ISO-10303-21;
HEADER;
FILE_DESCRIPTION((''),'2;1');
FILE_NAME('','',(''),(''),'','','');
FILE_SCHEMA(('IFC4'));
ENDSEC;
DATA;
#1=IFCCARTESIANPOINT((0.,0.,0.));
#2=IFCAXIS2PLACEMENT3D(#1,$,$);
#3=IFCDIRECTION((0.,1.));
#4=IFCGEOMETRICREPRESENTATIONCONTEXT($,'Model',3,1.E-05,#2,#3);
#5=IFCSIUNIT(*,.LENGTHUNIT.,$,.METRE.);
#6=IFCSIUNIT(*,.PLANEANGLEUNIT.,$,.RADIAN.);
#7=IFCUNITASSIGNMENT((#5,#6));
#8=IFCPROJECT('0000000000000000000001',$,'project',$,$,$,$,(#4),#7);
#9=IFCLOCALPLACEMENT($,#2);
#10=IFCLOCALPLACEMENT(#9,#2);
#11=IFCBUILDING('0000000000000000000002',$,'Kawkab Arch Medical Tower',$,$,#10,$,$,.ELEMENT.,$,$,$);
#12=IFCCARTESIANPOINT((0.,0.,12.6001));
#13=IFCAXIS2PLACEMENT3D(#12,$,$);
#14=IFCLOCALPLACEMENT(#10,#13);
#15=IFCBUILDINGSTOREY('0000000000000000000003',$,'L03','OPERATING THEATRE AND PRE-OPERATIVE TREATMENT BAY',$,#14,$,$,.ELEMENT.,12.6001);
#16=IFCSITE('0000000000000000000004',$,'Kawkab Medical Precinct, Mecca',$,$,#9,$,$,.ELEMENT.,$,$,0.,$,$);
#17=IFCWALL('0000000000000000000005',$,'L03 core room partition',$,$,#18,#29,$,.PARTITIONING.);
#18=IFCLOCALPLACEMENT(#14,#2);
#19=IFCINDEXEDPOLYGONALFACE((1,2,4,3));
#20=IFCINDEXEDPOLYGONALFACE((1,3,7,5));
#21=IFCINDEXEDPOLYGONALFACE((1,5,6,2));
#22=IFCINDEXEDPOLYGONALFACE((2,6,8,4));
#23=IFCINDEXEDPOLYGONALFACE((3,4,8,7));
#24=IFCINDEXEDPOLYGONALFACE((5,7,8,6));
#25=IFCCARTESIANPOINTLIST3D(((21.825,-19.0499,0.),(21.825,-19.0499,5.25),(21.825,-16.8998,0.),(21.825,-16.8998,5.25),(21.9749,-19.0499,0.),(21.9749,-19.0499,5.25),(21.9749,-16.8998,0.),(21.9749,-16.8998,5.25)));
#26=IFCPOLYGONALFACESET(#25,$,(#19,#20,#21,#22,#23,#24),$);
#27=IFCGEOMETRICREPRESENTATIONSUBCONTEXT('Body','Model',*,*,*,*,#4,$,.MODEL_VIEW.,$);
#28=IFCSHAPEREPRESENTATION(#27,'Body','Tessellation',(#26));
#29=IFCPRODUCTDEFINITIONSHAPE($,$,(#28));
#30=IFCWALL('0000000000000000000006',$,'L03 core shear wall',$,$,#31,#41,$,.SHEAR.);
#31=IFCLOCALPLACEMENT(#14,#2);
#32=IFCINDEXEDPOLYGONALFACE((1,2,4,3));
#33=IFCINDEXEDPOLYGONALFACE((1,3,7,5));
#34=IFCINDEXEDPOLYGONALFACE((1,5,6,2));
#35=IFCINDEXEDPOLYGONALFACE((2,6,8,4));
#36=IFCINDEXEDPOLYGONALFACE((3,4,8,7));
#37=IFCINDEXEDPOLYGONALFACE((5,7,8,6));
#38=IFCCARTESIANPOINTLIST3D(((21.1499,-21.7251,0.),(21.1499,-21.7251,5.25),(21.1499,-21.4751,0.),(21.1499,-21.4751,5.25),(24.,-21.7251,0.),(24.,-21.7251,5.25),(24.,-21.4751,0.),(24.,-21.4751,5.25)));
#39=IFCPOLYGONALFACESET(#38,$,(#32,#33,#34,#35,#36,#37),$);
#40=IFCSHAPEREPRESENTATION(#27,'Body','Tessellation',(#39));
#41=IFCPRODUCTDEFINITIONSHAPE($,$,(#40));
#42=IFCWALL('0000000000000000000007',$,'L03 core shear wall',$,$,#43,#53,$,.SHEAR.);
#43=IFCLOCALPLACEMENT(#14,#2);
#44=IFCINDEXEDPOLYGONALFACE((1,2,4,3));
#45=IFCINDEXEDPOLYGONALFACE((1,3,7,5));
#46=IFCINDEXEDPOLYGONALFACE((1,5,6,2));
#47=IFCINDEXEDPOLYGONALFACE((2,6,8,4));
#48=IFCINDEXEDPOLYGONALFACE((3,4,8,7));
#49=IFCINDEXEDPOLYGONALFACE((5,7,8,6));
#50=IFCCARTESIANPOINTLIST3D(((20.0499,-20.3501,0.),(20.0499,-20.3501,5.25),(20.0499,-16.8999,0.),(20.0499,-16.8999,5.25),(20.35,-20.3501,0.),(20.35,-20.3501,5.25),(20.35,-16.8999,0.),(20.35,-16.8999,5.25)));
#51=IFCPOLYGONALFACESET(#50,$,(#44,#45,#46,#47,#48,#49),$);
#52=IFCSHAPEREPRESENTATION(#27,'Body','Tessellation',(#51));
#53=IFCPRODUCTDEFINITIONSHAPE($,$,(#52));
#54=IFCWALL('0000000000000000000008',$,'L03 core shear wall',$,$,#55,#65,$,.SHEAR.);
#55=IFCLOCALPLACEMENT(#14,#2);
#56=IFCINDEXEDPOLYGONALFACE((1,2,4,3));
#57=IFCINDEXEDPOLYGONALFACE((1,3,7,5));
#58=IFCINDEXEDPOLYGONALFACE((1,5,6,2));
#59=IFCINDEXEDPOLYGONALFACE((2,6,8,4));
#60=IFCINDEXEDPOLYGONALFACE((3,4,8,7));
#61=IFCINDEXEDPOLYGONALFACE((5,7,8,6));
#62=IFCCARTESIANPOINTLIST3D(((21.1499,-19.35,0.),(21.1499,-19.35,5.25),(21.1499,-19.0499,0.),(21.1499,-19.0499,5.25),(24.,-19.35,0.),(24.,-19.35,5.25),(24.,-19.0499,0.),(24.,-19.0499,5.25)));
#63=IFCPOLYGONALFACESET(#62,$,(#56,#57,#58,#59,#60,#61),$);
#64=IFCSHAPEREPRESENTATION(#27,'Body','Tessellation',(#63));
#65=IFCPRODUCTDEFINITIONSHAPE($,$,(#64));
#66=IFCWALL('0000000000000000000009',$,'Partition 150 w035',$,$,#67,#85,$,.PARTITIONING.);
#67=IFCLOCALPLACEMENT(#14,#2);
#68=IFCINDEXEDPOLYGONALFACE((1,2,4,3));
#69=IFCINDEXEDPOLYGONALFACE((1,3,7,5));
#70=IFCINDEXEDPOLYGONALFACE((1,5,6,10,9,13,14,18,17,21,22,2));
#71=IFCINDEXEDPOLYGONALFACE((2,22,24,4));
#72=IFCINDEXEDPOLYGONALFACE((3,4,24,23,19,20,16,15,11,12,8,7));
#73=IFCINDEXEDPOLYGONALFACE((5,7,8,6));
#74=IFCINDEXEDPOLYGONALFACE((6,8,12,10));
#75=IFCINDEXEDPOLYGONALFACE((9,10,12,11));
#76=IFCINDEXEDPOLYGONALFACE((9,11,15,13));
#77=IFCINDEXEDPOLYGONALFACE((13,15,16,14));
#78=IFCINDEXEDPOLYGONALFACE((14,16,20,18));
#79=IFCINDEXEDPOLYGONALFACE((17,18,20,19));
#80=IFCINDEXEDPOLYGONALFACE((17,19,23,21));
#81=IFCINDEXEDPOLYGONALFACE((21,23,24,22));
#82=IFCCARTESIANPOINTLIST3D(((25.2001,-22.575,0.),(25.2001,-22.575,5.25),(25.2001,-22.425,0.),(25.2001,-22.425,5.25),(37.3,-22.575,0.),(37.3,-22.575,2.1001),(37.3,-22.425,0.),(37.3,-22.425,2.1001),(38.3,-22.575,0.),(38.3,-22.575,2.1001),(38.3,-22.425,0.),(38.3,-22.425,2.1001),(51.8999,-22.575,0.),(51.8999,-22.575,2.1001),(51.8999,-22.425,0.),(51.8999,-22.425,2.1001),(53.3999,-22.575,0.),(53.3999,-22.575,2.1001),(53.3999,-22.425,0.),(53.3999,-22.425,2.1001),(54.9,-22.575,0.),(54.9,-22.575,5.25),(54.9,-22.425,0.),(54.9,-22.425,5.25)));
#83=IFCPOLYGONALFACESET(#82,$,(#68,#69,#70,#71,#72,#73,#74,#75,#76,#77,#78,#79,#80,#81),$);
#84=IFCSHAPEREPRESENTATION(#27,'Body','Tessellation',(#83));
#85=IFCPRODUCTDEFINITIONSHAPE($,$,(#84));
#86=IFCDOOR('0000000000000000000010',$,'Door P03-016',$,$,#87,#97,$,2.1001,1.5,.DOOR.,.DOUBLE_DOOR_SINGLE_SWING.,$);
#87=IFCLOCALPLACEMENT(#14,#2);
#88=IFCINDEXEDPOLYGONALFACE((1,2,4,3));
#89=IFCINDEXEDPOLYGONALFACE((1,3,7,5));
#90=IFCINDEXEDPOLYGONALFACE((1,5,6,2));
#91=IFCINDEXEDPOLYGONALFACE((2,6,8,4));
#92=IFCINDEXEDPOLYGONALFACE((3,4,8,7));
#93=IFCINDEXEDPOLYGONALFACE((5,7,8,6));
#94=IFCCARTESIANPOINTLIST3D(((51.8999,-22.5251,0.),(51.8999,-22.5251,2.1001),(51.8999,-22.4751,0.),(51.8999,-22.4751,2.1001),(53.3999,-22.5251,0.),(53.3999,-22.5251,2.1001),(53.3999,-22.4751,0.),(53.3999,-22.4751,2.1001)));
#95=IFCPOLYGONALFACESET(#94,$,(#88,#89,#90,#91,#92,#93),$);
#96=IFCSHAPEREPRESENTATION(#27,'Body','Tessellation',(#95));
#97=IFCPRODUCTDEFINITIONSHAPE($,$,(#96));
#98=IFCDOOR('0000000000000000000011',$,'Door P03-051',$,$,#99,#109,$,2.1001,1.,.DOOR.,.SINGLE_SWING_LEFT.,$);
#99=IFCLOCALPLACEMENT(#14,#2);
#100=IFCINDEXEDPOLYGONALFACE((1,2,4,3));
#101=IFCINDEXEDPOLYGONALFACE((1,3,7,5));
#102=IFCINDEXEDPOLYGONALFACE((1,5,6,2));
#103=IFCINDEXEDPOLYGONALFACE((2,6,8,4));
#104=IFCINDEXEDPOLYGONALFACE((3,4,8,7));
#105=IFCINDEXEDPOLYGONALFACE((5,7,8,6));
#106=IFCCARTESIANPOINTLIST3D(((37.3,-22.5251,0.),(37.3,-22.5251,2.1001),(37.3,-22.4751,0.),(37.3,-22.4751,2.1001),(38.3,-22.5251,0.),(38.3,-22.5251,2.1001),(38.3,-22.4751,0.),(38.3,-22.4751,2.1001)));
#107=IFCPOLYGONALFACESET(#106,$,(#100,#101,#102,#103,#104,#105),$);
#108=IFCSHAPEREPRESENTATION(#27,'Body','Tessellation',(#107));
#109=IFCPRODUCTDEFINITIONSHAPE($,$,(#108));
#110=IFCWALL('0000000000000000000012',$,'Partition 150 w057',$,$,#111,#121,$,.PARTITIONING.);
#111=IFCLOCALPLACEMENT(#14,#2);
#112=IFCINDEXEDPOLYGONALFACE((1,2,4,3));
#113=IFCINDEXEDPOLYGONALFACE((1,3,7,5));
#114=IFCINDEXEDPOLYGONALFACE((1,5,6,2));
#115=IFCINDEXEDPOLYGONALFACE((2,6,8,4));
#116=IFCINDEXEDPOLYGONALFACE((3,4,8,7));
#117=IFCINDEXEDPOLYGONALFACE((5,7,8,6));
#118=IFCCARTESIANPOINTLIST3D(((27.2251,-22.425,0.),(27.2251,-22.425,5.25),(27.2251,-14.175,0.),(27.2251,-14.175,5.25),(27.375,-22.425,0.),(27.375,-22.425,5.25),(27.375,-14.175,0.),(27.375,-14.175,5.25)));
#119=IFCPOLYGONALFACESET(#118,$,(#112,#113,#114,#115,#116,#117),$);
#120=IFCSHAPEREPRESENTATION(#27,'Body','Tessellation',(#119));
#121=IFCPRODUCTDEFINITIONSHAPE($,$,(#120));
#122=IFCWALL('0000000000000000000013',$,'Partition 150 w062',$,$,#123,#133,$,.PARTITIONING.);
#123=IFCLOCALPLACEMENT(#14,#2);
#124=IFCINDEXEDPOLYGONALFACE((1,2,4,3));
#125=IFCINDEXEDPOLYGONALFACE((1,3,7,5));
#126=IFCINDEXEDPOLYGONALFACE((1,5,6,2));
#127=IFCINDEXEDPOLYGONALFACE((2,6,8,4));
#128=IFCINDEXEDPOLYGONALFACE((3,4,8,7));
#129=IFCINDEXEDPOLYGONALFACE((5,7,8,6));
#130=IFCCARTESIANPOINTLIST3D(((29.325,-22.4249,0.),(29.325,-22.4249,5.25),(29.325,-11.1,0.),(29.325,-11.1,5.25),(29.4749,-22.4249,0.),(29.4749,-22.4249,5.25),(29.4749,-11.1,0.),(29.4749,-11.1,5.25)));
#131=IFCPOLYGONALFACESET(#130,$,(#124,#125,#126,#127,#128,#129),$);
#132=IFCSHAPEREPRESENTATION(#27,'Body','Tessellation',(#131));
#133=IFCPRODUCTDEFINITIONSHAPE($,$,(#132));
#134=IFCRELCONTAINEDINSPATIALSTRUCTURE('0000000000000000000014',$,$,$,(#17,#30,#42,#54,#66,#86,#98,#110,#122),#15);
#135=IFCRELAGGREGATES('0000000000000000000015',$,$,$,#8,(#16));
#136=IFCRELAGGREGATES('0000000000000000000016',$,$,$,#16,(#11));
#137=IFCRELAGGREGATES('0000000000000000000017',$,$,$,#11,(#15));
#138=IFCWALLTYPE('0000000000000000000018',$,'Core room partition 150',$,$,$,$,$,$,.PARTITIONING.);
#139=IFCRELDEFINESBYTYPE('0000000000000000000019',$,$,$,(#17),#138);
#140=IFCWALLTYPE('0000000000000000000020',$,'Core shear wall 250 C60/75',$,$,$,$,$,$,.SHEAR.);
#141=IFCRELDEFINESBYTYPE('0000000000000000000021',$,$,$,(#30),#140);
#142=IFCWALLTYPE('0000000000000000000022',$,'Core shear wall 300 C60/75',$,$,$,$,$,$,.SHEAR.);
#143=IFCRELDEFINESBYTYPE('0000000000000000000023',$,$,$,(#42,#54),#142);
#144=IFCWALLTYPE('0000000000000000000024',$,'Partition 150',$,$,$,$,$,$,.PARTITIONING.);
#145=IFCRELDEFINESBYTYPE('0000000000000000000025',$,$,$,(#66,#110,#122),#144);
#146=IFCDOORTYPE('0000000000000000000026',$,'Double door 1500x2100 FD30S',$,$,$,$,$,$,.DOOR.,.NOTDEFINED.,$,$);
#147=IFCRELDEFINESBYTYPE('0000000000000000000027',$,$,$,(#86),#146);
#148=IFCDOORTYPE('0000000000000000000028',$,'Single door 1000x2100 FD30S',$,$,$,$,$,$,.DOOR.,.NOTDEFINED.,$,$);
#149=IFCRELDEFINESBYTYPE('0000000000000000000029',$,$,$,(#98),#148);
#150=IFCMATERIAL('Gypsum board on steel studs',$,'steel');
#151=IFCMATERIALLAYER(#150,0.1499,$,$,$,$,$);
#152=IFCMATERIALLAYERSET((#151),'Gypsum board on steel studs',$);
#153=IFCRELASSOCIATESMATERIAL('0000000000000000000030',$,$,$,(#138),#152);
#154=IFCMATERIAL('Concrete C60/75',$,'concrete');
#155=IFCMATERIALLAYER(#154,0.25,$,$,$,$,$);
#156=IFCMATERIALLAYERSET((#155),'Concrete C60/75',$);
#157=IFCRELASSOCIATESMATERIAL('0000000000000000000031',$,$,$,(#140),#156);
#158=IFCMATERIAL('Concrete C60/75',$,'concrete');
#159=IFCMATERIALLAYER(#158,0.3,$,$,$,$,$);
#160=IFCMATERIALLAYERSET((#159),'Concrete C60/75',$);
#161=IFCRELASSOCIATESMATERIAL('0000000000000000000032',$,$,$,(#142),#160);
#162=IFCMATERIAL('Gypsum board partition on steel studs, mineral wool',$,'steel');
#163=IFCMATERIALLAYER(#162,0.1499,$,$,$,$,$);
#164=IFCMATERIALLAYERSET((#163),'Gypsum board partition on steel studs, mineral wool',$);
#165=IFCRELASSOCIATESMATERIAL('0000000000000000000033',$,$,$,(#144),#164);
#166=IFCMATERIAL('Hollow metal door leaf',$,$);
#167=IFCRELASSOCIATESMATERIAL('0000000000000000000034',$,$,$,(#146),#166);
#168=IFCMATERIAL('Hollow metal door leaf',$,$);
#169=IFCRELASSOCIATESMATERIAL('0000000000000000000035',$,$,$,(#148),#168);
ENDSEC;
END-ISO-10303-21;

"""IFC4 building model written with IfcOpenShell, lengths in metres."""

from ifc_helpers import new_model, si_unit, direction, frame, frame_2d, origin, place, context, subcontext, project, spatial, rectangle, extrude, material, layer, layer_set, type_object, element, fill, save


model = new_model("IFC4")

# Units and contexts
model_context = context("Model", 3, precision=1e-05, world=origin(), true_north=direction((0.0, 1.0)))
body_context = subcontext(model_context, "Body", "Model", "MODEL_VIEW")
ifc_project = project(units=[si_unit("LENGTHUNIT", "METRE"), si_unit("PLANEANGLEUNIT", "RADIAN")], contexts=[model_context])

# Site, building, storey
site_placement = place(None, origin())
site = spatial("IfcSite", under=ifc_project, at=site_placement, Name="Kawkab Medical Precinct, Mecca", CompositionType="ELEMENT", RefElevation=0.0)
building_placement = place(site_placement, origin())
building = spatial("IfcBuilding", under=site, at=building_placement, Name="Kawkab Arch Medical Tower", CompositionType="ELEMENT")
storey_placement = place(building_placement, frame((0.0, 0.0, 12.6001)))
storey = spatial("IfcBuildingStorey", under=building, at=storey_placement, Name="L03", Description="OPERATING THEATRE AND PRE-OPERATIVE TREATMENT BAY", CompositionType="ELEMENT", Elevation=12.6001)

# Walls
ifc_material_1 = material(Name="Gypsum board on steel studs", Category="steel")
ifc_layer_1 = layer(ifc_material_1, 0.1499)
ifc_layer_set_1 = layer_set([ifc_layer_1], Name="Gypsum board on steel studs")
wall_type_1 = type_object("IfcWallType", Name="Core room partition 150", PredefinedType="PARTITIONING", material=ifc_layer_set_1)
wall_1_placement = place(storey_placement, frame((21.8999, -19.05, 0.0), z_axis=(0.0, 0.0, 1.0), x_axis=(0.0, 1.0, 0.0)))
element("IfcWall", 1, at=wall_1_placement, inside=storey, type_object=wall_type_1, Name="L03 core room partition", PredefinedType="PARTITIONING", context=body_context, shape_type="SweptSolid", body=[
    extrude(rectangle(XDim=2.1501, YDim=0.1499, at=frame_2d((1.0752, 0.0))), origin(), (0.0, 0.0, 1.0), 5.25),
])
ifc_material_2 = material(Name="Concrete C60/75", Category="concrete")
ifc_layer_2 = layer(ifc_material_2, 0.25)
ifc_layer_set_2 = layer_set([ifc_layer_2], Name="Concrete C60/75")
wall_type_2 = type_object("IfcWallType", Name="Core shear wall 250 C60/75", PredefinedType="SHEAR", material=ifc_layer_set_2)
wall_2_placement = place(storey_placement, frame((21.1499, -21.6001, 0.0), z_axis=(0.0, 0.0, 1.0), x_axis=(1.0, 0.0, 0.0)))
element("IfcWall", 2, at=wall_2_placement, inside=storey, type_object=wall_type_2, Name="L03 core shear wall", PredefinedType="SHEAR", context=body_context, shape_type="SweptSolid", body=[
    extrude(rectangle(XDim=2.8501, YDim=0.25, at=frame_2d((1.425, 0.0))), origin(), (0.0, 0.0, 1.0), 5.25),
])
ifc_material_3 = material(Name="Concrete C60/75", Category="concrete")
ifc_layer_3 = layer(ifc_material_3, 0.3)
ifc_layer_set_3 = layer_set([ifc_layer_3], Name="Concrete C60/75")
wall_type_3 = type_object("IfcWallType", Name="Core shear wall 300 C60/75", PredefinedType="SHEAR", material=ifc_layer_set_3)
wall_3_placement = place(storey_placement, frame((20.2, -20.3501, 0.0), z_axis=(0.0, 0.0, 1.0), x_axis=(0.0, 1.0, 0.0)))
element("IfcWall", 3, at=wall_3_placement, inside=storey, type_object=wall_type_3, Name="L03 core shear wall", PredefinedType="SHEAR", context=body_context, shape_type="SweptSolid", body=[
    extrude(rectangle(XDim=3.4502, YDim=0.3, at=frame_2d((1.7251, 0.0))), origin(), (0.0, 0.0, 1.0), 5.25),
])
wall_4_placement = place(storey_placement, frame((21.1499, -19.2, 0.0), z_axis=(0.0, 0.0, 1.0), x_axis=(1.0, 0.0, 0.0)))
element("IfcWall", 4, at=wall_4_placement, inside=storey, type_object=wall_type_3, Name="L03 core shear wall", PredefinedType="SHEAR", context=body_context, shape_type="SweptSolid", body=[
    extrude(rectangle(XDim=2.8501, YDim=0.3, at=frame_2d((1.425, 0.0))), origin(), (0.0, 0.0, 1.0), 5.25),
])

# Wall, openings, doors
ifc_material_4 = material(Name="Gypsum board partition on steel studs, mineral wool", Category="steel")
ifc_layer_4 = layer(ifc_material_4, 0.1499)
ifc_layer_set_4 = layer_set([ifc_layer_4], Name="Gypsum board partition on steel studs, mineral wool")
wall_type_4 = type_object("IfcWallType", Name="Partition 150", PredefinedType="PARTITIONING", material=ifc_layer_set_4)
wall_5_placement = place(storey_placement, frame((25.2, -22.5, 0.0), z_axis=(0.0, 0.0, 1.0), x_axis=(1.0, 0.0, 0.0)))
wall_5 = element("IfcWall", 5, at=wall_5_placement, inside=storey, type_object=wall_type_4, Name="Partition 150 w035", PredefinedType="PARTITIONING", context=body_context, shape_type="SweptSolid", body=[
    extrude(rectangle(XDim=29.7, YDim=0.1499, at=frame_2d((14.8501, 0.0))), origin(), (0.0, 0.0, 1.0), 5.25),
])
opening_1_placement = place(wall_5_placement, frame((12.1001, 0.0, 0.0)))
opening_1 = element("IfcOpeningElement", 6, at=opening_1_placement, cuts=wall_5, PredefinedType="OPENING", context=body_context, shape_type="SweptSolid", body=[
    extrude(rectangle(XDim=1.0, YDim=2.1001, at=frame_2d((0.5, 1.05))), frame((0.0, 0.085, 0.0), z_axis=(0.0, -1.0, 0.0), x_axis=(1.0, 0.0, 0.0)), (0.0, 0.0, 1.0), 0.1699),
])
opening_2_placement = place(wall_5_placement, frame((26.7, 0.0, 0.0)))
opening_2 = element("IfcOpeningElement", 7, at=opening_2_placement, cuts=wall_5, PredefinedType="OPENING", context=body_context, shape_type="SweptSolid", body=[
    extrude(rectangle(XDim=1.5, YDim=2.1001, at=frame_2d((0.75, 1.05))), frame((0.0, 0.085, 0.0), z_axis=(0.0, -1.0, 0.0), x_axis=(1.0, 0.0, 0.0)), (0.0, 0.0, 1.0), 0.1699),
])
ifc_material_5 = material(Name="Hollow metal door leaf")
door_type_1 = type_object("IfcDoorType", Name="Double door 1500x2100 FD30S", OperationType="NOTDEFINED", PredefinedType="DOOR", material=ifc_material_5)
door_1_placement = place(opening_2_placement, origin())
door_1 = element("IfcDoor", 8, at=door_1_placement, inside=storey, type_object=door_type_1, Name="Door P03-016", OperationType="DOUBLE_DOOR_SINGLE_SWING", OverallHeight=2.1001, OverallWidth=1.5, PredefinedType="DOOR", context=body_context, shape_type="SweptSolid", body=[
    extrude(rectangle(XDim=1.5, YDim=2.1001, at=frame_2d((0.75, 1.05))), frame((0.0, 0.0249, 0.0), z_axis=(0.0, -1.0, 0.0), x_axis=(1.0, 0.0, 0.0)), (0.0, 0.0, 1.0), 0.05),
])
fill(opening_2, door_1)
ifc_material_6 = material(Name="Hollow metal door leaf")
door_type_2 = type_object("IfcDoorType", Name="Single door 1000x2100 FD30S", OperationType="NOTDEFINED", PredefinedType="DOOR", material=ifc_material_6)
door_2_placement = place(opening_1_placement, origin())
door_2 = element("IfcDoor", 9, at=door_2_placement, inside=storey, type_object=door_type_2, Name="Door P03-051", OperationType="SINGLE_SWING_LEFT", OverallHeight=2.1001, OverallWidth=1.0, PredefinedType="DOOR", context=body_context, shape_type="SweptSolid", body=[
    extrude(rectangle(XDim=1.0, YDim=2.1001, at=frame_2d((0.5, 1.05))), frame((0.0, 0.0249, 0.0), z_axis=(0.0, -1.0, 0.0), x_axis=(1.0, 0.0, 0.0)), (0.0, 0.0, 1.0), 0.05),
])
fill(opening_1, door_2)

# Walls
wall_6_placement = place(storey_placement, frame((27.3, -22.425, 0.0), z_axis=(0.0, 0.0, 1.0), x_axis=(0.0, 1.0, 0.0)))
element("IfcWall", 10, at=wall_6_placement, inside=storey, type_object=wall_type_4, Name="Partition 150 w057", PredefinedType="PARTITIONING", context=body_context, shape_type="SweptSolid", body=[
    extrude(rectangle(XDim=8.25, YDim=0.1499, at=frame_2d((4.125, 0.0))), origin(), (0.0, 0.0, 1.0), 5.25),
])
wall_7_placement = place(storey_placement, frame((29.3999, -22.425, 0.0), z_axis=(0.0, 0.0, 1.0), x_axis=(0.0, 1.0, 0.0)))
element("IfcWall", 11, at=wall_7_placement, inside=storey, type_object=wall_type_4, Name="Partition 150 w062", PredefinedType="PARTITIONING", context=body_context, shape_type="SweptSolid", body=[
    extrude(rectangle(XDim=11.325, YDim=0.1499, at=frame_2d((5.6626, 0.0))), origin(), (0.0, 0.0, 1.0), 5.25),
])

save(model, "model.ifc")
